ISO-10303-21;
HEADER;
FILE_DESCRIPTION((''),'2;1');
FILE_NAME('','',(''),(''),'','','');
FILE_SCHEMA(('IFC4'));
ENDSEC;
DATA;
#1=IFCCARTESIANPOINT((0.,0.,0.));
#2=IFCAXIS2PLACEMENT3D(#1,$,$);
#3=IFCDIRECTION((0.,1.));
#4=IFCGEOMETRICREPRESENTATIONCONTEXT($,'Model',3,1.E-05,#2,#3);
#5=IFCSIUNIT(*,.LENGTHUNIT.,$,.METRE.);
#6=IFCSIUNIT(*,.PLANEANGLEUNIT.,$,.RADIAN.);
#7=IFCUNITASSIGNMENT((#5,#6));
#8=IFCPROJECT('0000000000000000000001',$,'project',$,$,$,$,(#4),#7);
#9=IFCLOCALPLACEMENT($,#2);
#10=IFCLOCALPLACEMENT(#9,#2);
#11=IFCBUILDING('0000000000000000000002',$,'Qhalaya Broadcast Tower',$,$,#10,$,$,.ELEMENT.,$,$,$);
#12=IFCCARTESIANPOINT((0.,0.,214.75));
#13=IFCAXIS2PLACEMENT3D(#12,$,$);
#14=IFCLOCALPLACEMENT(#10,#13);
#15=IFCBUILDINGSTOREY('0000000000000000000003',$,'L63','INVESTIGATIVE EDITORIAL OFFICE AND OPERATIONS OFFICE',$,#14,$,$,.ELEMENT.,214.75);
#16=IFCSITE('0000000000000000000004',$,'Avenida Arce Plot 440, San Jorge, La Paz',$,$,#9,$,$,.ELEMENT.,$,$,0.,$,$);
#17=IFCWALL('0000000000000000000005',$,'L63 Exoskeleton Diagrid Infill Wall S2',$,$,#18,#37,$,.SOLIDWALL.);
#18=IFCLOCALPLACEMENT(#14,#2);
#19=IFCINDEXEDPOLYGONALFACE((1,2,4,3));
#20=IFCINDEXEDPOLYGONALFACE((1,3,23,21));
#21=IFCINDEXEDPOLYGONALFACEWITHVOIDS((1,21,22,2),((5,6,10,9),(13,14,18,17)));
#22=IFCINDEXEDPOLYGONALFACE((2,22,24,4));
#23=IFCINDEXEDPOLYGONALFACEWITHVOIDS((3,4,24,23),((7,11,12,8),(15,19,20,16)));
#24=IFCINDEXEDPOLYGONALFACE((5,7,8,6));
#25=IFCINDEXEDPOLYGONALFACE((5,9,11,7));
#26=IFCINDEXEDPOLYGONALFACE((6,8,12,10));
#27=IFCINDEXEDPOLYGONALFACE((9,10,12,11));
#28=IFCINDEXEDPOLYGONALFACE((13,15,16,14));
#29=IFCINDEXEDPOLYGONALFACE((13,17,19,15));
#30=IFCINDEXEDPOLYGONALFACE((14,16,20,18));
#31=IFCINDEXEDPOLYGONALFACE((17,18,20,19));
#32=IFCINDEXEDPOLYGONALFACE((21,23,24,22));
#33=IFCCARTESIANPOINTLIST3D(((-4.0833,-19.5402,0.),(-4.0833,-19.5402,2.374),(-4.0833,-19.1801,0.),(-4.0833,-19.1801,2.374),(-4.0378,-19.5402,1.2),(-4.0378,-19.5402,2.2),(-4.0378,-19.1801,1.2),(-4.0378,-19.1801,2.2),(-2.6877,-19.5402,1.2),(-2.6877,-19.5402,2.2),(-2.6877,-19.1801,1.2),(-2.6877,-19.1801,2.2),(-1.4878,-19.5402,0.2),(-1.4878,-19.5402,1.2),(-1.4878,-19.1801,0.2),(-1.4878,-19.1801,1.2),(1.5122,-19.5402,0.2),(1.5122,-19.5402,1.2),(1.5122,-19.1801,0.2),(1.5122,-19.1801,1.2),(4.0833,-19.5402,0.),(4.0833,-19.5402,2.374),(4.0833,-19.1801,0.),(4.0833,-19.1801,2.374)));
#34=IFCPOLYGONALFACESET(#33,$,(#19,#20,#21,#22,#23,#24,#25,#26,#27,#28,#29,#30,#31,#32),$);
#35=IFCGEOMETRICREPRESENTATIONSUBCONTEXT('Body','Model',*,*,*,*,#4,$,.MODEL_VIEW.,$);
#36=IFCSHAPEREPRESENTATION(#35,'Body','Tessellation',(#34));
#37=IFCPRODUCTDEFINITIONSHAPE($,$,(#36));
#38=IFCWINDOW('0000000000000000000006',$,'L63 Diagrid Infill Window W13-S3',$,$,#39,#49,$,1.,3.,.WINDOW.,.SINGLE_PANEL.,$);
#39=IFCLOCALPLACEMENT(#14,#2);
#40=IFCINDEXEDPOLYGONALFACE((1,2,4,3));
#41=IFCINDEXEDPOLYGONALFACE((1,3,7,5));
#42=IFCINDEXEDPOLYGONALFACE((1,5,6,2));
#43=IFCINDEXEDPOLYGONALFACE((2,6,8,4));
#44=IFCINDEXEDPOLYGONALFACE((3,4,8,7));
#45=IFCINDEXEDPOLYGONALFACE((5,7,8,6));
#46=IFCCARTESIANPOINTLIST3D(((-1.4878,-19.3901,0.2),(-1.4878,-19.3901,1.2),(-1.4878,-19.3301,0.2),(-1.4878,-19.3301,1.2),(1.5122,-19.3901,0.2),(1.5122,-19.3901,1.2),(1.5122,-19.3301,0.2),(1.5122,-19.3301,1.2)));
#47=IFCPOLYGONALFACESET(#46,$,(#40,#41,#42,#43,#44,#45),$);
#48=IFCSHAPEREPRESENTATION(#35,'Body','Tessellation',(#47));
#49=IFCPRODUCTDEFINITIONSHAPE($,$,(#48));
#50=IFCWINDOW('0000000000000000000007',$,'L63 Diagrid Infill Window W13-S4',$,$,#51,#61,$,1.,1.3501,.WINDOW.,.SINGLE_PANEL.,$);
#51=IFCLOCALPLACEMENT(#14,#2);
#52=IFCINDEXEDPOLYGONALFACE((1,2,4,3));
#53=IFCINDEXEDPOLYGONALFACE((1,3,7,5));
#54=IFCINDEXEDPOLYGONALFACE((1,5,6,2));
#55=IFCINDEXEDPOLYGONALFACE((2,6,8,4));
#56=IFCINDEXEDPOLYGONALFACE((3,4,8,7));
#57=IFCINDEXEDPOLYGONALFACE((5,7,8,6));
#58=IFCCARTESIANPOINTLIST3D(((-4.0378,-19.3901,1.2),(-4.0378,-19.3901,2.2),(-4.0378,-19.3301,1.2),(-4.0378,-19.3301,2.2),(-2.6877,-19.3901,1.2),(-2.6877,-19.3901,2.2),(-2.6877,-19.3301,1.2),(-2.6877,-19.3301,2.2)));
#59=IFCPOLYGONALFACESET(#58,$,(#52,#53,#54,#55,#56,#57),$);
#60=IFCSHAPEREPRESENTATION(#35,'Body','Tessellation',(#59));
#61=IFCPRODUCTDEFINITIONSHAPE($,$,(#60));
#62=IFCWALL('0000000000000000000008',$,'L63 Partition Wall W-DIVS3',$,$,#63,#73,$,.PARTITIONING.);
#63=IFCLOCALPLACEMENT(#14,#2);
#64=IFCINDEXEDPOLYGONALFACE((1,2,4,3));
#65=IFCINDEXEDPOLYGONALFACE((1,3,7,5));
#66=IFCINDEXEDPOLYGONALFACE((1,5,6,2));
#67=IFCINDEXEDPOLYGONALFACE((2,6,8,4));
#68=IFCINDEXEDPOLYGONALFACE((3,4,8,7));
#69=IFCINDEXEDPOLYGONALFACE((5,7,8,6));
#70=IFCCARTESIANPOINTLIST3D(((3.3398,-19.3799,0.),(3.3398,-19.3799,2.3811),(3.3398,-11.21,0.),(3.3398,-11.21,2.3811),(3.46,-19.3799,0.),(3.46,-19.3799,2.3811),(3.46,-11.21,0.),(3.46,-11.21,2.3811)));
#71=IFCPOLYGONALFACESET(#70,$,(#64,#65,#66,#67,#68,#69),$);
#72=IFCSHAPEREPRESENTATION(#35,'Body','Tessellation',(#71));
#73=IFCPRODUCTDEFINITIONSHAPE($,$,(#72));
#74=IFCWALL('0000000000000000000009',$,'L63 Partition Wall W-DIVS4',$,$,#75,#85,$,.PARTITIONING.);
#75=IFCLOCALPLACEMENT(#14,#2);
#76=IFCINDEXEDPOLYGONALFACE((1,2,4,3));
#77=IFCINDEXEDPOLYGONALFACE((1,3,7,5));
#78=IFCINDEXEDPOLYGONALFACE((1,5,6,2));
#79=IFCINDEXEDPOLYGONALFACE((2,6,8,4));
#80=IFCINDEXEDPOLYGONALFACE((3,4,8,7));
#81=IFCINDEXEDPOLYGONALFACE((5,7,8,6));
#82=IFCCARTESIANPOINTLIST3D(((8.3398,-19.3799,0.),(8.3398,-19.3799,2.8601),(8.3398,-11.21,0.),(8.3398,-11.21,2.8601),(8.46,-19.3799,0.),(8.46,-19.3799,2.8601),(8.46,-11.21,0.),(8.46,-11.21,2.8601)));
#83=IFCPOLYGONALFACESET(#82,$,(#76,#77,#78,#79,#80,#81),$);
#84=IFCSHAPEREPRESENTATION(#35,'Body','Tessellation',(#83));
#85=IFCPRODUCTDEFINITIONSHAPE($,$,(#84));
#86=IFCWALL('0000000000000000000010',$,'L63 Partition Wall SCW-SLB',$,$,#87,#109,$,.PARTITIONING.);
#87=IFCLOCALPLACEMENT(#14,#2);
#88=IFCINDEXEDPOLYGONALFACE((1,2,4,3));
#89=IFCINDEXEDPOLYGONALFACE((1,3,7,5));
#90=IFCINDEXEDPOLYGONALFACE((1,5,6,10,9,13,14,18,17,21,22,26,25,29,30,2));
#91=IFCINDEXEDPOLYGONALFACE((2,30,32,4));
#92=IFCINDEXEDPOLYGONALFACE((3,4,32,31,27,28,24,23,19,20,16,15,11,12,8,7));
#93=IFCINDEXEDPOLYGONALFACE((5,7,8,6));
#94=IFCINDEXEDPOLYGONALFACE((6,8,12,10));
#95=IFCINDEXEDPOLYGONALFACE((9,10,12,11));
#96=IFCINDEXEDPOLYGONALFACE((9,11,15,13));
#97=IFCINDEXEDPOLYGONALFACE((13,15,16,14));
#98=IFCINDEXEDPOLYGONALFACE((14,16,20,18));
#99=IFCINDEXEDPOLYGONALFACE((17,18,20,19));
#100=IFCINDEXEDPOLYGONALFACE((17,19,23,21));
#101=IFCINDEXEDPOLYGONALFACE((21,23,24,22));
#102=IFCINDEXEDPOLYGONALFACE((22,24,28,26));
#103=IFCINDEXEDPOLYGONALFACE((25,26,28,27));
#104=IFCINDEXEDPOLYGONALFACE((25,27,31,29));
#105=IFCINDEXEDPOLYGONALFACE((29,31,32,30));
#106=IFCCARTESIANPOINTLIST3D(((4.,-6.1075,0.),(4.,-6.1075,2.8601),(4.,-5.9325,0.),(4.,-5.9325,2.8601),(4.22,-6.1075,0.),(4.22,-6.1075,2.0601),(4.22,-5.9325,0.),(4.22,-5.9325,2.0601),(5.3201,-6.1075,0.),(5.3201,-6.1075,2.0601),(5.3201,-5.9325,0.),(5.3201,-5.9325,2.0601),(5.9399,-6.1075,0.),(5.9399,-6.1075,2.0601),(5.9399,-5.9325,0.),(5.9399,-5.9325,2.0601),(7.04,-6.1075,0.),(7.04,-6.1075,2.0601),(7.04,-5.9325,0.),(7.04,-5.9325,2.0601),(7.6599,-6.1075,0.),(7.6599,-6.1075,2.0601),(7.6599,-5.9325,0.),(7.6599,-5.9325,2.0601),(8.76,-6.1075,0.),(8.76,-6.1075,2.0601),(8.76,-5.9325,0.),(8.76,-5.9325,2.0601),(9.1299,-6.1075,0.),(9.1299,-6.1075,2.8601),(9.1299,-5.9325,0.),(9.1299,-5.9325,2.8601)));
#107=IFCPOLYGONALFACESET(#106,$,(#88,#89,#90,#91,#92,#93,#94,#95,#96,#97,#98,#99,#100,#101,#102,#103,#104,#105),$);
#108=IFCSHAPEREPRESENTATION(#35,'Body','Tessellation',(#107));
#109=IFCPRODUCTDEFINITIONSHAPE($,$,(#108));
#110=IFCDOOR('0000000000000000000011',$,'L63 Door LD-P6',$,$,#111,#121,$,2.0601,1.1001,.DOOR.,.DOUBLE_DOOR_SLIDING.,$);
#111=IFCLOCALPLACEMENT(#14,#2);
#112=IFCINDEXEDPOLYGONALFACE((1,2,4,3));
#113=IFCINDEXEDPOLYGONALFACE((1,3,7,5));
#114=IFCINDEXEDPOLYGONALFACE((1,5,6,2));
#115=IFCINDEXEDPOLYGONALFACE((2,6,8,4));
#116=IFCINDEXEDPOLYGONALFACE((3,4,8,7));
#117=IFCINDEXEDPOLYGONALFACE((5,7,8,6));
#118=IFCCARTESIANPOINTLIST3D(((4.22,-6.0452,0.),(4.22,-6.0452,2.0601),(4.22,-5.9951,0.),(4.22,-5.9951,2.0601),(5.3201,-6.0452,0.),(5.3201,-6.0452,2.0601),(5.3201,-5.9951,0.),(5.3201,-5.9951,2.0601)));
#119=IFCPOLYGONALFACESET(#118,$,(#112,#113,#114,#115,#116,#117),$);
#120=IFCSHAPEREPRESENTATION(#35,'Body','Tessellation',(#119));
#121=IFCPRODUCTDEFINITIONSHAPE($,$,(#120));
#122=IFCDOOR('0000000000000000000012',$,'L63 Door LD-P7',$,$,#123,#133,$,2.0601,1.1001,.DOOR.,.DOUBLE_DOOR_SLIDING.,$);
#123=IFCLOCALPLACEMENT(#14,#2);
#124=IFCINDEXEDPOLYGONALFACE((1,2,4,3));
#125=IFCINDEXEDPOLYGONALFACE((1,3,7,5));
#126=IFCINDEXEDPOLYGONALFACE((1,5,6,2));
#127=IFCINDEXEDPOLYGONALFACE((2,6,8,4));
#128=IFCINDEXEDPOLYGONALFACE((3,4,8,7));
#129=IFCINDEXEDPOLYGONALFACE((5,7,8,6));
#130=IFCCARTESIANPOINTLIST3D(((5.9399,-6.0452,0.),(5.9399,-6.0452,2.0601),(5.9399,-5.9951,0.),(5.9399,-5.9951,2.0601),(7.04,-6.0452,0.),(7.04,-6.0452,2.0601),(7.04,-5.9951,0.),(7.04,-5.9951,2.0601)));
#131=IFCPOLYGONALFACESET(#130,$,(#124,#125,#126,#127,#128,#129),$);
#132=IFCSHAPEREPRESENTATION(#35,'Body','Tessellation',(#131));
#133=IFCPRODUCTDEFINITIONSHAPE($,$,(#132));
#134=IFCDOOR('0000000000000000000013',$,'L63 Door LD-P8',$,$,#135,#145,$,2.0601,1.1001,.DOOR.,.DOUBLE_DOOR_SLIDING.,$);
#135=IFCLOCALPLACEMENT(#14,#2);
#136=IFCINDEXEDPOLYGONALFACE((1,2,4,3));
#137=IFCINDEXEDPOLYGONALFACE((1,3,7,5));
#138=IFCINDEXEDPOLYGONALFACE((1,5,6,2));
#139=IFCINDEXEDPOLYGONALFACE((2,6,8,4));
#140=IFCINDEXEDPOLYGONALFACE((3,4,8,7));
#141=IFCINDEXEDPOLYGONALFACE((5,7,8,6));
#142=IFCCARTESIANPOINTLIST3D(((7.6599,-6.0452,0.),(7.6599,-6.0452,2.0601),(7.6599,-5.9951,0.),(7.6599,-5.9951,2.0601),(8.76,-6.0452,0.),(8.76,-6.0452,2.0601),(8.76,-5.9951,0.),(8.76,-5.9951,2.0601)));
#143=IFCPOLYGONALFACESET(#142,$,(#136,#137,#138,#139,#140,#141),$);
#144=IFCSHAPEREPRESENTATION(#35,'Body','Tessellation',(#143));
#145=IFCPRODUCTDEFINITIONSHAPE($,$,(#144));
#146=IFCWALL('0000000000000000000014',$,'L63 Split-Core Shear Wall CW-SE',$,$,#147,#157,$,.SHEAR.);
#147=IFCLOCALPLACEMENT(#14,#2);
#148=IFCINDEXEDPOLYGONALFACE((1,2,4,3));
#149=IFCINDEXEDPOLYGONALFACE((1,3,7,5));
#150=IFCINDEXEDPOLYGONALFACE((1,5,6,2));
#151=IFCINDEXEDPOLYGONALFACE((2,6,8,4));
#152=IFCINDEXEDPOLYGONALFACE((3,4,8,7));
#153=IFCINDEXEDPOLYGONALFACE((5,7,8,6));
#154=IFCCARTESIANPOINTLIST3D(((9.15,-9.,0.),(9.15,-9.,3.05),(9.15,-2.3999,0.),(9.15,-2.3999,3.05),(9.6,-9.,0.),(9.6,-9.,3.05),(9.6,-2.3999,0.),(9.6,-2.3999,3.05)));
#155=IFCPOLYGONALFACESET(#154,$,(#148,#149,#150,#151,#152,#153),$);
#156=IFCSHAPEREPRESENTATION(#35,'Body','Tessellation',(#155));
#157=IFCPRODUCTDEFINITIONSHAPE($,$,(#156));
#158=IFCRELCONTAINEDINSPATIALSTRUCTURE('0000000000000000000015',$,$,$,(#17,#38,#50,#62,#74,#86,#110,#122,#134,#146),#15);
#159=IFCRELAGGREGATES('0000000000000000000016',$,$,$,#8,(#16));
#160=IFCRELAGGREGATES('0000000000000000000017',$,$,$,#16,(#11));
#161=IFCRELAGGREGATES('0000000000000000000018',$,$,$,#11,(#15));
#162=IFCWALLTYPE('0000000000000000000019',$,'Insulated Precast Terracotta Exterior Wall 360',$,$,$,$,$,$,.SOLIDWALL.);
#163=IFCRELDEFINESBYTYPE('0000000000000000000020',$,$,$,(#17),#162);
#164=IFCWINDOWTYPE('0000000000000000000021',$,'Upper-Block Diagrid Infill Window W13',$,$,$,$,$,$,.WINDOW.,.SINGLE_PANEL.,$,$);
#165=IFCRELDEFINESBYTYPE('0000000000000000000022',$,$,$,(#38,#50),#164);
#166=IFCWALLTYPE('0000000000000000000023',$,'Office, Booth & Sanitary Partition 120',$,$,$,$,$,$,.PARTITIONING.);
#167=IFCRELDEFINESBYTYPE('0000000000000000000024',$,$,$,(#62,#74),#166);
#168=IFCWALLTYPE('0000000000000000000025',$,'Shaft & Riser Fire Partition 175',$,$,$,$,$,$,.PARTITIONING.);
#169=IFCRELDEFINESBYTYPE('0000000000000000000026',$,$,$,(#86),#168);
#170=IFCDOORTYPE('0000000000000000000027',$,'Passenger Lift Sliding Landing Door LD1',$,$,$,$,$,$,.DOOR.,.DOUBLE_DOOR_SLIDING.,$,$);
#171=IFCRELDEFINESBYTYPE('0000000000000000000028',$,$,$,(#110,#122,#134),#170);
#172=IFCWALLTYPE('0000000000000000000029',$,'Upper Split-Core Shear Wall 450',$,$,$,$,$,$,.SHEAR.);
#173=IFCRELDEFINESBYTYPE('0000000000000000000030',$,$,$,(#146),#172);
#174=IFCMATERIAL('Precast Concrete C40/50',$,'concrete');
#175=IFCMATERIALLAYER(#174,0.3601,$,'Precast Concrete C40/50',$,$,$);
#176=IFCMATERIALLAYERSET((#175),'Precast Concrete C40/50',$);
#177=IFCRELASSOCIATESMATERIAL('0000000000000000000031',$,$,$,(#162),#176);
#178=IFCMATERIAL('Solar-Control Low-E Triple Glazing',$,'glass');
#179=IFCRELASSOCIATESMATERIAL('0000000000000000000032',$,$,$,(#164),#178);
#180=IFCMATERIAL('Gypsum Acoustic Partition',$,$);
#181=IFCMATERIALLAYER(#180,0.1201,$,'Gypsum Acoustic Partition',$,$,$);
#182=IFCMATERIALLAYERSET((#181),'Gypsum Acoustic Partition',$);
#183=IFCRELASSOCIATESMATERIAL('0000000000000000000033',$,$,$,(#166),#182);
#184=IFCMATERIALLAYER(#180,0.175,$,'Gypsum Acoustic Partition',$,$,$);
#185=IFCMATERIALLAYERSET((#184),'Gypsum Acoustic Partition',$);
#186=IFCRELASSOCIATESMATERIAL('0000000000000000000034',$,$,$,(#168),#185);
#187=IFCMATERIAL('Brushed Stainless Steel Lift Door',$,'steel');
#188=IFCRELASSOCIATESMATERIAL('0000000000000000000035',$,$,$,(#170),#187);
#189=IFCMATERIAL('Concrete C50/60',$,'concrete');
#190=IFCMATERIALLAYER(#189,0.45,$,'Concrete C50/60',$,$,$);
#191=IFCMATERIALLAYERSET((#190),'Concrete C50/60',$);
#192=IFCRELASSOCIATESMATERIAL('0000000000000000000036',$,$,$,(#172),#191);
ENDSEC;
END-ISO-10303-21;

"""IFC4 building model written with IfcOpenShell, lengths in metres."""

from ifc_helpers import new_model, si_unit, direction, frame, frame_2d, origin, place, context, subcontext, project, spatial, rectangle, extrude, material, layer, layer_set, type_object, element, fill, save


model = new_model("IFC4")

# Units and contexts
model_context = context("Model", 3, precision=1e-05, world=origin(), true_north=direction((0.0, 1.0)))
body_context = subcontext(model_context, "Body", "Model", "MODEL_VIEW")
ifc_project = project(units=[si_unit("LENGTHUNIT", "METRE"), si_unit("PLANEANGLEUNIT", "RADIAN")], contexts=[model_context])

# Site, building, storey
site_placement = place(None, origin())
site = spatial("IfcSite", under=ifc_project, at=site_placement, Name="Avenida Arce Plot 440, San Jorge, La Paz", CompositionType="ELEMENT", RefElevation=0.0)
building_placement = place(site_placement, origin())
building = spatial("IfcBuilding", under=site, at=building_placement, Name="Qhalaya Broadcast Tower", CompositionType="ELEMENT")
storey_placement = place(building_placement, frame((0.0, 0.0, 214.75)))
storey = spatial("IfcBuildingStorey", under=building, at=storey_placement, Name="L63", Description="INVESTIGATIVE EDITORIAL OFFICE AND OPERATIONS OFFICE", CompositionType="ELEMENT", Elevation=214.75)

# Shared definitions
ifc_material_1 = material(Name="Gypsum Acoustic Partition")

# Wall, openings, windows
ifc_material_2 = material(Name="Precast Concrete C40/50", Category="concrete")
ifc_layer_1 = layer(ifc_material_2, 0.3601, Name="Precast Concrete C40/50")
ifc_layer_set_1 = layer_set([ifc_layer_1], Name="Precast Concrete C40/50")
wall_type_1 = type_object("IfcWallType", Name="Insulated Precast Terracotta Exterior Wall 360", PredefinedType="SOLIDWALL", material=ifc_layer_set_1)
wall_1_placement = place(storey_placement, frame((4.0833, -19.3601, 0.0), z_axis=(0.0, 0.0, 1.0), x_axis=(-1.0, 0.0, 0.0)))
wall_1 = element("IfcWall", 1, at=wall_1_placement, inside=storey, type_object=wall_type_1, Name="L63 Exoskeleton Diagrid Infill Wall S2", PredefinedType="SOLIDWALL", context=body_context, shape_type="SweptSolid", body=[
    extrude(rectangle(XDim=8.1665, YDim=0.3601, at=frame_2d((4.0833, 0.0))), origin(), (0.0, 0.0, 1.0), 2.374),
])
opening_1_placement = place(wall_1_placement, frame((2.571, 0.0, 0.2)))
opening_1 = element("IfcOpeningElement", 2, at=opening_1_placement, cuts=wall_1, PredefinedType="OPENING", context=body_context, shape_type="SweptSolid", body=[
    extrude(rectangle(XDim=3.0, YDim=1.0, at=frame_2d((1.5, 0.5))), frame((0.0, 0.1921, 0.0), z_axis=(0.0, -1.0, 0.0), x_axis=(1.0, 0.0, 0.0)), (0.0, 0.0, 1.0), 0.384),
])
opening_2_placement = place(wall_1_placement, frame((6.771, 0.0, 1.2)))
opening_2 = element("IfcOpeningElement", 3, at=opening_2_placement, cuts=wall_1, PredefinedType="OPENING", context=body_context, shape_type="SweptSolid", body=[
    extrude(rectangle(XDim=1.3501, YDim=1.0, at=frame_2d((0.675, 0.5))), frame((0.0, 0.1921, 0.0), z_axis=(0.0, -1.0, 0.0), x_axis=(1.0, 0.0, 0.0)), (0.0, 0.0, 1.0), 0.384),
])
ifc_material_3 = material(Name="Solar-Control Low-E Triple Glazing", Category="glass")
window_type = type_object("IfcWindowType", Name="Upper-Block Diagrid Infill Window W13", PartitioningType="SINGLE_PANEL", PredefinedType="WINDOW", material=ifc_material_3)
window_1_placement = place(opening_1_placement, origin())
window_1 = element("IfcWindow", 4, at=window_1_placement, inside=storey, type_object=window_type, Name="L63 Diagrid Infill Window W13-S3", OverallHeight=1.0, OverallWidth=3.0, PartitioningType="SINGLE_PANEL", PredefinedType="WINDOW", context=body_context, shape_type="SweptSolid", body=[
    extrude(rectangle(XDim=3.0, YDim=1.0, at=frame_2d((1.5, 0.5))), frame((0.0, 0.03, 0.0), z_axis=(0.0, -1.0, 0.0), x_axis=(1.0, 0.0, 0.0)), (0.0, 0.0, 1.0), 0.0601),
])
fill(opening_1, window_1)
window_2_placement = place(opening_2_placement, origin())
window_2 = element("IfcWindow", 5, at=window_2_placement, inside=storey, type_object=window_type, Name="L63 Diagrid Infill Window W13-S4", OverallHeight=1.0, OverallWidth=1.3501, PartitioningType="SINGLE_PANEL", PredefinedType="WINDOW", context=body_context, shape_type="SweptSolid", body=[
    extrude(rectangle(XDim=1.3501, YDim=1.0, at=frame_2d((0.675, 0.5))), frame((0.0, 0.03, 0.0), z_axis=(0.0, -1.0, 0.0), x_axis=(1.0, 0.0, 0.0)), (0.0, 0.0, 1.0), 0.0601),
])
fill(opening_2, window_2)

# Walls
ifc_layer_2 = layer(ifc_material_1, 0.1201, Name="Gypsum Acoustic Partition")
ifc_layer_set_2 = layer_set([ifc_layer_2], Name="Gypsum Acoustic Partition")
wall_type_2 = type_object("IfcWallType", Name="Office, Booth & Sanitary Partition 120", PredefinedType="PARTITIONING", material=ifc_layer_set_2)
wall_2_placement = place(storey_placement, frame((3.3999, -19.3799, 0.0), z_axis=(0.0, 0.0, 1.0), x_axis=(0.0, 1.0, 0.0)))
element("IfcWall", 6, at=wall_2_placement, inside=storey, type_object=wall_type_2, Name="L63 Partition Wall W-DIVS3", PredefinedType="PARTITIONING", context=body_context, shape_type="SweptSolid", body=[
    extrude(rectangle(XDim=8.1699, YDim=0.1201, at=frame_2d((4.085, 0.0))), origin(), (0.0, 0.0, 1.0), 2.3811),
])
wall_3_placement = place(storey_placement, frame((8.3999, -19.3799, 0.0), z_axis=(0.0, 0.0, 1.0), x_axis=(0.0, 1.0, 0.0)))
element("IfcWall", 7, at=wall_3_placement, inside=storey, type_object=wall_type_2, Name="L63 Partition Wall W-DIVS4", PredefinedType="PARTITIONING", context=body_context, shape_type="SweptSolid", body=[
    extrude(rectangle(XDim=8.1699, YDim=0.1201, at=frame_2d((4.085, 0.0))), origin(), (0.0, 0.0, 1.0), 2.8601),
])

# Wall, openings, doors
ifc_layer_3 = layer(ifc_material_1, 0.175, Name="Gypsum Acoustic Partition")
ifc_layer_set_3 = layer_set([ifc_layer_3], Name="Gypsum Acoustic Partition")
wall_type_3 = type_object("IfcWallType", Name="Shaft & Riser Fire Partition 175", PredefinedType="PARTITIONING", material=ifc_layer_set_3)
wall_4_placement = place(storey_placement, frame((4.0, -6.02, 0.0), z_axis=(0.0, 0.0, 1.0), x_axis=(1.0, 0.0, 0.0)))
wall_4 = element("IfcWall", 8, at=wall_4_placement, inside=storey, type_object=wall_type_3, Name="L63 Partition Wall SCW-SLB", PredefinedType="PARTITIONING", context=body_context, shape_type="SweptSolid", body=[
    extrude(rectangle(XDim=5.1299, YDim=0.175, at=frame_2d((2.5649, 0.0))), origin(), (0.0, 0.0, 1.0), 2.8601),
])
opening_3_placement = place(wall_4_placement, frame((0.22, 0.0, 0.0)))
opening_3 = element("IfcOpeningElement", 9, at=opening_3_placement, cuts=wall_4, PredefinedType="OPENING", context=body_context, shape_type="SweptSolid", body=[
    extrude(rectangle(XDim=1.1001, YDim=2.0601, at=frame_2d((0.55, 1.03))), frame((0.0, 0.0996, 0.0), z_axis=(0.0, -1.0, 0.0), x_axis=(1.0, 0.0, 0.0)), (0.0, 0.0, 1.0), 0.199),
])
opening_4_placement = place(wall_4_placement, frame((1.9399, 0.0, 0.0)))
opening_4 = element("IfcOpeningElement", 10, at=opening_4_placement, cuts=wall_4, PredefinedType="OPENING", context=body_context, shape_type="SweptSolid", body=[
    extrude(rectangle(XDim=1.1001, YDim=2.0601, at=frame_2d((0.55, 1.03))), frame((0.0, 0.0996, 0.0), z_axis=(0.0, -1.0, 0.0), x_axis=(1.0, 0.0, 0.0)), (0.0, 0.0, 1.0), 0.199),
])
opening_5_placement = place(wall_4_placement, frame((3.6599, 0.0, 0.0)))
opening_5 = element("IfcOpeningElement", 11, at=opening_5_placement, cuts=wall_4, PredefinedType="OPENING", context=body_context, shape_type="SweptSolid", body=[
    extrude(rectangle(XDim=1.1001, YDim=2.0601, at=frame_2d((0.55, 1.03))), frame((0.0, 0.0996, 0.0), z_axis=(0.0, -1.0, 0.0), x_axis=(1.0, 0.0, 0.0)), (0.0, 0.0, 1.0), 0.199),
])
ifc_material_4 = material(Name="Brushed Stainless Steel Lift Door", Category="steel")
door_type_1 = type_object("IfcDoorType", Name="Passenger Lift Sliding Landing Door LD1", OperationType="DOUBLE_DOOR_SLIDING", PredefinedType="DOOR", material=ifc_material_4)
door_1_placement = place(opening_3_placement, origin())
door_1 = element("IfcDoor", 12, at=door_1_placement, inside=storey, type_object=door_type_1, Name="L63 Door LD-P6", OperationType="DOUBLE_DOOR_SLIDING", OverallHeight=2.0601, OverallWidth=1.1001, PredefinedType="DOOR", context=body_context, shape_type="SweptSolid", body=[
    extrude(rectangle(XDim=1.1001, YDim=2.0601, at=frame_2d((0.55, 1.03))), frame((0.0, 0.0249, 0.0), z_axis=(0.0, -1.0, 0.0), x_axis=(1.0, 0.0, 0.0)), (0.0, 0.0, 1.0), 0.05),
])
fill(opening_3, door_1)
door_2_placement = place(opening_4_placement, origin())
door_2 = element("IfcDoor", 13, at=door_2_placement, inside=storey, type_object=door_type_1, Name="L63 Door LD-P7", OperationType="DOUBLE_DOOR_SLIDING", OverallHeight=2.0601, OverallWidth=1.1001, PredefinedType="DOOR", context=body_context, shape_type="SweptSolid", body=[
    extrude(rectangle(XDim=1.1001, YDim=2.0601, at=frame_2d((0.55, 1.03))), frame((0.0, 0.0249, 0.0), z_axis=(0.0, -1.0, 0.0), x_axis=(1.0, 0.0, 0.0)), (0.0, 0.0, 1.0), 0.05),
])
fill(opening_4, door_2)
door_3_placement = place(opening_5_placement, origin())
door_3 = element("IfcDoor", 14, at=door_3_placement, inside=storey, type_object=door_type_1, Name="L63 Door LD-P8", OperationType="DOUBLE_DOOR_SLIDING", OverallHeight=2.0601, OverallWidth=1.1001, PredefinedType="DOOR", context=body_context, shape_type="SweptSolid", body=[
    extrude(rectangle(XDim=1.1001, YDim=2.0601, at=frame_2d((0.55, 1.03))), frame((0.0, 0.0249, 0.0), z_axis=(0.0, -1.0, 0.0), x_axis=(1.0, 0.0, 0.0)), (0.0, 0.0, 1.0), 0.05),
])
fill(opening_5, door_3)

# Wall
ifc_material_5 = material(Name="Concrete C50/60", Category="concrete")
ifc_layer_4 = layer(ifc_material_5, 0.45, Name="Concrete C50/60")
ifc_layer_set_4 = layer_set([ifc_layer_4], Name="Concrete C50/60")
wall_type_4 = type_object("IfcWallType", Name="Upper Split-Core Shear Wall 450", PredefinedType="SHEAR", material=ifc_layer_set_4)
wall_5_placement = place(storey_placement, frame((9.375, -9.0, 0.0), z_axis=(0.0, 0.0, 1.0), x_axis=(0.0, 1.0, 0.0)))
element("IfcWall", 15, at=wall_5_placement, inside=storey, type_object=wall_type_4, Name="L63 Split-Core Shear Wall CW-SE", PredefinedType="SHEAR", context=body_context, shape_type="SweptSolid", body=[
    extrude(rectangle(XDim=6.6001, YDim=0.45, at=frame_2d((3.3, 0.0))), origin(), (0.0, 0.0, 1.0), 3.05),
])

save(model, "model.ifc")
